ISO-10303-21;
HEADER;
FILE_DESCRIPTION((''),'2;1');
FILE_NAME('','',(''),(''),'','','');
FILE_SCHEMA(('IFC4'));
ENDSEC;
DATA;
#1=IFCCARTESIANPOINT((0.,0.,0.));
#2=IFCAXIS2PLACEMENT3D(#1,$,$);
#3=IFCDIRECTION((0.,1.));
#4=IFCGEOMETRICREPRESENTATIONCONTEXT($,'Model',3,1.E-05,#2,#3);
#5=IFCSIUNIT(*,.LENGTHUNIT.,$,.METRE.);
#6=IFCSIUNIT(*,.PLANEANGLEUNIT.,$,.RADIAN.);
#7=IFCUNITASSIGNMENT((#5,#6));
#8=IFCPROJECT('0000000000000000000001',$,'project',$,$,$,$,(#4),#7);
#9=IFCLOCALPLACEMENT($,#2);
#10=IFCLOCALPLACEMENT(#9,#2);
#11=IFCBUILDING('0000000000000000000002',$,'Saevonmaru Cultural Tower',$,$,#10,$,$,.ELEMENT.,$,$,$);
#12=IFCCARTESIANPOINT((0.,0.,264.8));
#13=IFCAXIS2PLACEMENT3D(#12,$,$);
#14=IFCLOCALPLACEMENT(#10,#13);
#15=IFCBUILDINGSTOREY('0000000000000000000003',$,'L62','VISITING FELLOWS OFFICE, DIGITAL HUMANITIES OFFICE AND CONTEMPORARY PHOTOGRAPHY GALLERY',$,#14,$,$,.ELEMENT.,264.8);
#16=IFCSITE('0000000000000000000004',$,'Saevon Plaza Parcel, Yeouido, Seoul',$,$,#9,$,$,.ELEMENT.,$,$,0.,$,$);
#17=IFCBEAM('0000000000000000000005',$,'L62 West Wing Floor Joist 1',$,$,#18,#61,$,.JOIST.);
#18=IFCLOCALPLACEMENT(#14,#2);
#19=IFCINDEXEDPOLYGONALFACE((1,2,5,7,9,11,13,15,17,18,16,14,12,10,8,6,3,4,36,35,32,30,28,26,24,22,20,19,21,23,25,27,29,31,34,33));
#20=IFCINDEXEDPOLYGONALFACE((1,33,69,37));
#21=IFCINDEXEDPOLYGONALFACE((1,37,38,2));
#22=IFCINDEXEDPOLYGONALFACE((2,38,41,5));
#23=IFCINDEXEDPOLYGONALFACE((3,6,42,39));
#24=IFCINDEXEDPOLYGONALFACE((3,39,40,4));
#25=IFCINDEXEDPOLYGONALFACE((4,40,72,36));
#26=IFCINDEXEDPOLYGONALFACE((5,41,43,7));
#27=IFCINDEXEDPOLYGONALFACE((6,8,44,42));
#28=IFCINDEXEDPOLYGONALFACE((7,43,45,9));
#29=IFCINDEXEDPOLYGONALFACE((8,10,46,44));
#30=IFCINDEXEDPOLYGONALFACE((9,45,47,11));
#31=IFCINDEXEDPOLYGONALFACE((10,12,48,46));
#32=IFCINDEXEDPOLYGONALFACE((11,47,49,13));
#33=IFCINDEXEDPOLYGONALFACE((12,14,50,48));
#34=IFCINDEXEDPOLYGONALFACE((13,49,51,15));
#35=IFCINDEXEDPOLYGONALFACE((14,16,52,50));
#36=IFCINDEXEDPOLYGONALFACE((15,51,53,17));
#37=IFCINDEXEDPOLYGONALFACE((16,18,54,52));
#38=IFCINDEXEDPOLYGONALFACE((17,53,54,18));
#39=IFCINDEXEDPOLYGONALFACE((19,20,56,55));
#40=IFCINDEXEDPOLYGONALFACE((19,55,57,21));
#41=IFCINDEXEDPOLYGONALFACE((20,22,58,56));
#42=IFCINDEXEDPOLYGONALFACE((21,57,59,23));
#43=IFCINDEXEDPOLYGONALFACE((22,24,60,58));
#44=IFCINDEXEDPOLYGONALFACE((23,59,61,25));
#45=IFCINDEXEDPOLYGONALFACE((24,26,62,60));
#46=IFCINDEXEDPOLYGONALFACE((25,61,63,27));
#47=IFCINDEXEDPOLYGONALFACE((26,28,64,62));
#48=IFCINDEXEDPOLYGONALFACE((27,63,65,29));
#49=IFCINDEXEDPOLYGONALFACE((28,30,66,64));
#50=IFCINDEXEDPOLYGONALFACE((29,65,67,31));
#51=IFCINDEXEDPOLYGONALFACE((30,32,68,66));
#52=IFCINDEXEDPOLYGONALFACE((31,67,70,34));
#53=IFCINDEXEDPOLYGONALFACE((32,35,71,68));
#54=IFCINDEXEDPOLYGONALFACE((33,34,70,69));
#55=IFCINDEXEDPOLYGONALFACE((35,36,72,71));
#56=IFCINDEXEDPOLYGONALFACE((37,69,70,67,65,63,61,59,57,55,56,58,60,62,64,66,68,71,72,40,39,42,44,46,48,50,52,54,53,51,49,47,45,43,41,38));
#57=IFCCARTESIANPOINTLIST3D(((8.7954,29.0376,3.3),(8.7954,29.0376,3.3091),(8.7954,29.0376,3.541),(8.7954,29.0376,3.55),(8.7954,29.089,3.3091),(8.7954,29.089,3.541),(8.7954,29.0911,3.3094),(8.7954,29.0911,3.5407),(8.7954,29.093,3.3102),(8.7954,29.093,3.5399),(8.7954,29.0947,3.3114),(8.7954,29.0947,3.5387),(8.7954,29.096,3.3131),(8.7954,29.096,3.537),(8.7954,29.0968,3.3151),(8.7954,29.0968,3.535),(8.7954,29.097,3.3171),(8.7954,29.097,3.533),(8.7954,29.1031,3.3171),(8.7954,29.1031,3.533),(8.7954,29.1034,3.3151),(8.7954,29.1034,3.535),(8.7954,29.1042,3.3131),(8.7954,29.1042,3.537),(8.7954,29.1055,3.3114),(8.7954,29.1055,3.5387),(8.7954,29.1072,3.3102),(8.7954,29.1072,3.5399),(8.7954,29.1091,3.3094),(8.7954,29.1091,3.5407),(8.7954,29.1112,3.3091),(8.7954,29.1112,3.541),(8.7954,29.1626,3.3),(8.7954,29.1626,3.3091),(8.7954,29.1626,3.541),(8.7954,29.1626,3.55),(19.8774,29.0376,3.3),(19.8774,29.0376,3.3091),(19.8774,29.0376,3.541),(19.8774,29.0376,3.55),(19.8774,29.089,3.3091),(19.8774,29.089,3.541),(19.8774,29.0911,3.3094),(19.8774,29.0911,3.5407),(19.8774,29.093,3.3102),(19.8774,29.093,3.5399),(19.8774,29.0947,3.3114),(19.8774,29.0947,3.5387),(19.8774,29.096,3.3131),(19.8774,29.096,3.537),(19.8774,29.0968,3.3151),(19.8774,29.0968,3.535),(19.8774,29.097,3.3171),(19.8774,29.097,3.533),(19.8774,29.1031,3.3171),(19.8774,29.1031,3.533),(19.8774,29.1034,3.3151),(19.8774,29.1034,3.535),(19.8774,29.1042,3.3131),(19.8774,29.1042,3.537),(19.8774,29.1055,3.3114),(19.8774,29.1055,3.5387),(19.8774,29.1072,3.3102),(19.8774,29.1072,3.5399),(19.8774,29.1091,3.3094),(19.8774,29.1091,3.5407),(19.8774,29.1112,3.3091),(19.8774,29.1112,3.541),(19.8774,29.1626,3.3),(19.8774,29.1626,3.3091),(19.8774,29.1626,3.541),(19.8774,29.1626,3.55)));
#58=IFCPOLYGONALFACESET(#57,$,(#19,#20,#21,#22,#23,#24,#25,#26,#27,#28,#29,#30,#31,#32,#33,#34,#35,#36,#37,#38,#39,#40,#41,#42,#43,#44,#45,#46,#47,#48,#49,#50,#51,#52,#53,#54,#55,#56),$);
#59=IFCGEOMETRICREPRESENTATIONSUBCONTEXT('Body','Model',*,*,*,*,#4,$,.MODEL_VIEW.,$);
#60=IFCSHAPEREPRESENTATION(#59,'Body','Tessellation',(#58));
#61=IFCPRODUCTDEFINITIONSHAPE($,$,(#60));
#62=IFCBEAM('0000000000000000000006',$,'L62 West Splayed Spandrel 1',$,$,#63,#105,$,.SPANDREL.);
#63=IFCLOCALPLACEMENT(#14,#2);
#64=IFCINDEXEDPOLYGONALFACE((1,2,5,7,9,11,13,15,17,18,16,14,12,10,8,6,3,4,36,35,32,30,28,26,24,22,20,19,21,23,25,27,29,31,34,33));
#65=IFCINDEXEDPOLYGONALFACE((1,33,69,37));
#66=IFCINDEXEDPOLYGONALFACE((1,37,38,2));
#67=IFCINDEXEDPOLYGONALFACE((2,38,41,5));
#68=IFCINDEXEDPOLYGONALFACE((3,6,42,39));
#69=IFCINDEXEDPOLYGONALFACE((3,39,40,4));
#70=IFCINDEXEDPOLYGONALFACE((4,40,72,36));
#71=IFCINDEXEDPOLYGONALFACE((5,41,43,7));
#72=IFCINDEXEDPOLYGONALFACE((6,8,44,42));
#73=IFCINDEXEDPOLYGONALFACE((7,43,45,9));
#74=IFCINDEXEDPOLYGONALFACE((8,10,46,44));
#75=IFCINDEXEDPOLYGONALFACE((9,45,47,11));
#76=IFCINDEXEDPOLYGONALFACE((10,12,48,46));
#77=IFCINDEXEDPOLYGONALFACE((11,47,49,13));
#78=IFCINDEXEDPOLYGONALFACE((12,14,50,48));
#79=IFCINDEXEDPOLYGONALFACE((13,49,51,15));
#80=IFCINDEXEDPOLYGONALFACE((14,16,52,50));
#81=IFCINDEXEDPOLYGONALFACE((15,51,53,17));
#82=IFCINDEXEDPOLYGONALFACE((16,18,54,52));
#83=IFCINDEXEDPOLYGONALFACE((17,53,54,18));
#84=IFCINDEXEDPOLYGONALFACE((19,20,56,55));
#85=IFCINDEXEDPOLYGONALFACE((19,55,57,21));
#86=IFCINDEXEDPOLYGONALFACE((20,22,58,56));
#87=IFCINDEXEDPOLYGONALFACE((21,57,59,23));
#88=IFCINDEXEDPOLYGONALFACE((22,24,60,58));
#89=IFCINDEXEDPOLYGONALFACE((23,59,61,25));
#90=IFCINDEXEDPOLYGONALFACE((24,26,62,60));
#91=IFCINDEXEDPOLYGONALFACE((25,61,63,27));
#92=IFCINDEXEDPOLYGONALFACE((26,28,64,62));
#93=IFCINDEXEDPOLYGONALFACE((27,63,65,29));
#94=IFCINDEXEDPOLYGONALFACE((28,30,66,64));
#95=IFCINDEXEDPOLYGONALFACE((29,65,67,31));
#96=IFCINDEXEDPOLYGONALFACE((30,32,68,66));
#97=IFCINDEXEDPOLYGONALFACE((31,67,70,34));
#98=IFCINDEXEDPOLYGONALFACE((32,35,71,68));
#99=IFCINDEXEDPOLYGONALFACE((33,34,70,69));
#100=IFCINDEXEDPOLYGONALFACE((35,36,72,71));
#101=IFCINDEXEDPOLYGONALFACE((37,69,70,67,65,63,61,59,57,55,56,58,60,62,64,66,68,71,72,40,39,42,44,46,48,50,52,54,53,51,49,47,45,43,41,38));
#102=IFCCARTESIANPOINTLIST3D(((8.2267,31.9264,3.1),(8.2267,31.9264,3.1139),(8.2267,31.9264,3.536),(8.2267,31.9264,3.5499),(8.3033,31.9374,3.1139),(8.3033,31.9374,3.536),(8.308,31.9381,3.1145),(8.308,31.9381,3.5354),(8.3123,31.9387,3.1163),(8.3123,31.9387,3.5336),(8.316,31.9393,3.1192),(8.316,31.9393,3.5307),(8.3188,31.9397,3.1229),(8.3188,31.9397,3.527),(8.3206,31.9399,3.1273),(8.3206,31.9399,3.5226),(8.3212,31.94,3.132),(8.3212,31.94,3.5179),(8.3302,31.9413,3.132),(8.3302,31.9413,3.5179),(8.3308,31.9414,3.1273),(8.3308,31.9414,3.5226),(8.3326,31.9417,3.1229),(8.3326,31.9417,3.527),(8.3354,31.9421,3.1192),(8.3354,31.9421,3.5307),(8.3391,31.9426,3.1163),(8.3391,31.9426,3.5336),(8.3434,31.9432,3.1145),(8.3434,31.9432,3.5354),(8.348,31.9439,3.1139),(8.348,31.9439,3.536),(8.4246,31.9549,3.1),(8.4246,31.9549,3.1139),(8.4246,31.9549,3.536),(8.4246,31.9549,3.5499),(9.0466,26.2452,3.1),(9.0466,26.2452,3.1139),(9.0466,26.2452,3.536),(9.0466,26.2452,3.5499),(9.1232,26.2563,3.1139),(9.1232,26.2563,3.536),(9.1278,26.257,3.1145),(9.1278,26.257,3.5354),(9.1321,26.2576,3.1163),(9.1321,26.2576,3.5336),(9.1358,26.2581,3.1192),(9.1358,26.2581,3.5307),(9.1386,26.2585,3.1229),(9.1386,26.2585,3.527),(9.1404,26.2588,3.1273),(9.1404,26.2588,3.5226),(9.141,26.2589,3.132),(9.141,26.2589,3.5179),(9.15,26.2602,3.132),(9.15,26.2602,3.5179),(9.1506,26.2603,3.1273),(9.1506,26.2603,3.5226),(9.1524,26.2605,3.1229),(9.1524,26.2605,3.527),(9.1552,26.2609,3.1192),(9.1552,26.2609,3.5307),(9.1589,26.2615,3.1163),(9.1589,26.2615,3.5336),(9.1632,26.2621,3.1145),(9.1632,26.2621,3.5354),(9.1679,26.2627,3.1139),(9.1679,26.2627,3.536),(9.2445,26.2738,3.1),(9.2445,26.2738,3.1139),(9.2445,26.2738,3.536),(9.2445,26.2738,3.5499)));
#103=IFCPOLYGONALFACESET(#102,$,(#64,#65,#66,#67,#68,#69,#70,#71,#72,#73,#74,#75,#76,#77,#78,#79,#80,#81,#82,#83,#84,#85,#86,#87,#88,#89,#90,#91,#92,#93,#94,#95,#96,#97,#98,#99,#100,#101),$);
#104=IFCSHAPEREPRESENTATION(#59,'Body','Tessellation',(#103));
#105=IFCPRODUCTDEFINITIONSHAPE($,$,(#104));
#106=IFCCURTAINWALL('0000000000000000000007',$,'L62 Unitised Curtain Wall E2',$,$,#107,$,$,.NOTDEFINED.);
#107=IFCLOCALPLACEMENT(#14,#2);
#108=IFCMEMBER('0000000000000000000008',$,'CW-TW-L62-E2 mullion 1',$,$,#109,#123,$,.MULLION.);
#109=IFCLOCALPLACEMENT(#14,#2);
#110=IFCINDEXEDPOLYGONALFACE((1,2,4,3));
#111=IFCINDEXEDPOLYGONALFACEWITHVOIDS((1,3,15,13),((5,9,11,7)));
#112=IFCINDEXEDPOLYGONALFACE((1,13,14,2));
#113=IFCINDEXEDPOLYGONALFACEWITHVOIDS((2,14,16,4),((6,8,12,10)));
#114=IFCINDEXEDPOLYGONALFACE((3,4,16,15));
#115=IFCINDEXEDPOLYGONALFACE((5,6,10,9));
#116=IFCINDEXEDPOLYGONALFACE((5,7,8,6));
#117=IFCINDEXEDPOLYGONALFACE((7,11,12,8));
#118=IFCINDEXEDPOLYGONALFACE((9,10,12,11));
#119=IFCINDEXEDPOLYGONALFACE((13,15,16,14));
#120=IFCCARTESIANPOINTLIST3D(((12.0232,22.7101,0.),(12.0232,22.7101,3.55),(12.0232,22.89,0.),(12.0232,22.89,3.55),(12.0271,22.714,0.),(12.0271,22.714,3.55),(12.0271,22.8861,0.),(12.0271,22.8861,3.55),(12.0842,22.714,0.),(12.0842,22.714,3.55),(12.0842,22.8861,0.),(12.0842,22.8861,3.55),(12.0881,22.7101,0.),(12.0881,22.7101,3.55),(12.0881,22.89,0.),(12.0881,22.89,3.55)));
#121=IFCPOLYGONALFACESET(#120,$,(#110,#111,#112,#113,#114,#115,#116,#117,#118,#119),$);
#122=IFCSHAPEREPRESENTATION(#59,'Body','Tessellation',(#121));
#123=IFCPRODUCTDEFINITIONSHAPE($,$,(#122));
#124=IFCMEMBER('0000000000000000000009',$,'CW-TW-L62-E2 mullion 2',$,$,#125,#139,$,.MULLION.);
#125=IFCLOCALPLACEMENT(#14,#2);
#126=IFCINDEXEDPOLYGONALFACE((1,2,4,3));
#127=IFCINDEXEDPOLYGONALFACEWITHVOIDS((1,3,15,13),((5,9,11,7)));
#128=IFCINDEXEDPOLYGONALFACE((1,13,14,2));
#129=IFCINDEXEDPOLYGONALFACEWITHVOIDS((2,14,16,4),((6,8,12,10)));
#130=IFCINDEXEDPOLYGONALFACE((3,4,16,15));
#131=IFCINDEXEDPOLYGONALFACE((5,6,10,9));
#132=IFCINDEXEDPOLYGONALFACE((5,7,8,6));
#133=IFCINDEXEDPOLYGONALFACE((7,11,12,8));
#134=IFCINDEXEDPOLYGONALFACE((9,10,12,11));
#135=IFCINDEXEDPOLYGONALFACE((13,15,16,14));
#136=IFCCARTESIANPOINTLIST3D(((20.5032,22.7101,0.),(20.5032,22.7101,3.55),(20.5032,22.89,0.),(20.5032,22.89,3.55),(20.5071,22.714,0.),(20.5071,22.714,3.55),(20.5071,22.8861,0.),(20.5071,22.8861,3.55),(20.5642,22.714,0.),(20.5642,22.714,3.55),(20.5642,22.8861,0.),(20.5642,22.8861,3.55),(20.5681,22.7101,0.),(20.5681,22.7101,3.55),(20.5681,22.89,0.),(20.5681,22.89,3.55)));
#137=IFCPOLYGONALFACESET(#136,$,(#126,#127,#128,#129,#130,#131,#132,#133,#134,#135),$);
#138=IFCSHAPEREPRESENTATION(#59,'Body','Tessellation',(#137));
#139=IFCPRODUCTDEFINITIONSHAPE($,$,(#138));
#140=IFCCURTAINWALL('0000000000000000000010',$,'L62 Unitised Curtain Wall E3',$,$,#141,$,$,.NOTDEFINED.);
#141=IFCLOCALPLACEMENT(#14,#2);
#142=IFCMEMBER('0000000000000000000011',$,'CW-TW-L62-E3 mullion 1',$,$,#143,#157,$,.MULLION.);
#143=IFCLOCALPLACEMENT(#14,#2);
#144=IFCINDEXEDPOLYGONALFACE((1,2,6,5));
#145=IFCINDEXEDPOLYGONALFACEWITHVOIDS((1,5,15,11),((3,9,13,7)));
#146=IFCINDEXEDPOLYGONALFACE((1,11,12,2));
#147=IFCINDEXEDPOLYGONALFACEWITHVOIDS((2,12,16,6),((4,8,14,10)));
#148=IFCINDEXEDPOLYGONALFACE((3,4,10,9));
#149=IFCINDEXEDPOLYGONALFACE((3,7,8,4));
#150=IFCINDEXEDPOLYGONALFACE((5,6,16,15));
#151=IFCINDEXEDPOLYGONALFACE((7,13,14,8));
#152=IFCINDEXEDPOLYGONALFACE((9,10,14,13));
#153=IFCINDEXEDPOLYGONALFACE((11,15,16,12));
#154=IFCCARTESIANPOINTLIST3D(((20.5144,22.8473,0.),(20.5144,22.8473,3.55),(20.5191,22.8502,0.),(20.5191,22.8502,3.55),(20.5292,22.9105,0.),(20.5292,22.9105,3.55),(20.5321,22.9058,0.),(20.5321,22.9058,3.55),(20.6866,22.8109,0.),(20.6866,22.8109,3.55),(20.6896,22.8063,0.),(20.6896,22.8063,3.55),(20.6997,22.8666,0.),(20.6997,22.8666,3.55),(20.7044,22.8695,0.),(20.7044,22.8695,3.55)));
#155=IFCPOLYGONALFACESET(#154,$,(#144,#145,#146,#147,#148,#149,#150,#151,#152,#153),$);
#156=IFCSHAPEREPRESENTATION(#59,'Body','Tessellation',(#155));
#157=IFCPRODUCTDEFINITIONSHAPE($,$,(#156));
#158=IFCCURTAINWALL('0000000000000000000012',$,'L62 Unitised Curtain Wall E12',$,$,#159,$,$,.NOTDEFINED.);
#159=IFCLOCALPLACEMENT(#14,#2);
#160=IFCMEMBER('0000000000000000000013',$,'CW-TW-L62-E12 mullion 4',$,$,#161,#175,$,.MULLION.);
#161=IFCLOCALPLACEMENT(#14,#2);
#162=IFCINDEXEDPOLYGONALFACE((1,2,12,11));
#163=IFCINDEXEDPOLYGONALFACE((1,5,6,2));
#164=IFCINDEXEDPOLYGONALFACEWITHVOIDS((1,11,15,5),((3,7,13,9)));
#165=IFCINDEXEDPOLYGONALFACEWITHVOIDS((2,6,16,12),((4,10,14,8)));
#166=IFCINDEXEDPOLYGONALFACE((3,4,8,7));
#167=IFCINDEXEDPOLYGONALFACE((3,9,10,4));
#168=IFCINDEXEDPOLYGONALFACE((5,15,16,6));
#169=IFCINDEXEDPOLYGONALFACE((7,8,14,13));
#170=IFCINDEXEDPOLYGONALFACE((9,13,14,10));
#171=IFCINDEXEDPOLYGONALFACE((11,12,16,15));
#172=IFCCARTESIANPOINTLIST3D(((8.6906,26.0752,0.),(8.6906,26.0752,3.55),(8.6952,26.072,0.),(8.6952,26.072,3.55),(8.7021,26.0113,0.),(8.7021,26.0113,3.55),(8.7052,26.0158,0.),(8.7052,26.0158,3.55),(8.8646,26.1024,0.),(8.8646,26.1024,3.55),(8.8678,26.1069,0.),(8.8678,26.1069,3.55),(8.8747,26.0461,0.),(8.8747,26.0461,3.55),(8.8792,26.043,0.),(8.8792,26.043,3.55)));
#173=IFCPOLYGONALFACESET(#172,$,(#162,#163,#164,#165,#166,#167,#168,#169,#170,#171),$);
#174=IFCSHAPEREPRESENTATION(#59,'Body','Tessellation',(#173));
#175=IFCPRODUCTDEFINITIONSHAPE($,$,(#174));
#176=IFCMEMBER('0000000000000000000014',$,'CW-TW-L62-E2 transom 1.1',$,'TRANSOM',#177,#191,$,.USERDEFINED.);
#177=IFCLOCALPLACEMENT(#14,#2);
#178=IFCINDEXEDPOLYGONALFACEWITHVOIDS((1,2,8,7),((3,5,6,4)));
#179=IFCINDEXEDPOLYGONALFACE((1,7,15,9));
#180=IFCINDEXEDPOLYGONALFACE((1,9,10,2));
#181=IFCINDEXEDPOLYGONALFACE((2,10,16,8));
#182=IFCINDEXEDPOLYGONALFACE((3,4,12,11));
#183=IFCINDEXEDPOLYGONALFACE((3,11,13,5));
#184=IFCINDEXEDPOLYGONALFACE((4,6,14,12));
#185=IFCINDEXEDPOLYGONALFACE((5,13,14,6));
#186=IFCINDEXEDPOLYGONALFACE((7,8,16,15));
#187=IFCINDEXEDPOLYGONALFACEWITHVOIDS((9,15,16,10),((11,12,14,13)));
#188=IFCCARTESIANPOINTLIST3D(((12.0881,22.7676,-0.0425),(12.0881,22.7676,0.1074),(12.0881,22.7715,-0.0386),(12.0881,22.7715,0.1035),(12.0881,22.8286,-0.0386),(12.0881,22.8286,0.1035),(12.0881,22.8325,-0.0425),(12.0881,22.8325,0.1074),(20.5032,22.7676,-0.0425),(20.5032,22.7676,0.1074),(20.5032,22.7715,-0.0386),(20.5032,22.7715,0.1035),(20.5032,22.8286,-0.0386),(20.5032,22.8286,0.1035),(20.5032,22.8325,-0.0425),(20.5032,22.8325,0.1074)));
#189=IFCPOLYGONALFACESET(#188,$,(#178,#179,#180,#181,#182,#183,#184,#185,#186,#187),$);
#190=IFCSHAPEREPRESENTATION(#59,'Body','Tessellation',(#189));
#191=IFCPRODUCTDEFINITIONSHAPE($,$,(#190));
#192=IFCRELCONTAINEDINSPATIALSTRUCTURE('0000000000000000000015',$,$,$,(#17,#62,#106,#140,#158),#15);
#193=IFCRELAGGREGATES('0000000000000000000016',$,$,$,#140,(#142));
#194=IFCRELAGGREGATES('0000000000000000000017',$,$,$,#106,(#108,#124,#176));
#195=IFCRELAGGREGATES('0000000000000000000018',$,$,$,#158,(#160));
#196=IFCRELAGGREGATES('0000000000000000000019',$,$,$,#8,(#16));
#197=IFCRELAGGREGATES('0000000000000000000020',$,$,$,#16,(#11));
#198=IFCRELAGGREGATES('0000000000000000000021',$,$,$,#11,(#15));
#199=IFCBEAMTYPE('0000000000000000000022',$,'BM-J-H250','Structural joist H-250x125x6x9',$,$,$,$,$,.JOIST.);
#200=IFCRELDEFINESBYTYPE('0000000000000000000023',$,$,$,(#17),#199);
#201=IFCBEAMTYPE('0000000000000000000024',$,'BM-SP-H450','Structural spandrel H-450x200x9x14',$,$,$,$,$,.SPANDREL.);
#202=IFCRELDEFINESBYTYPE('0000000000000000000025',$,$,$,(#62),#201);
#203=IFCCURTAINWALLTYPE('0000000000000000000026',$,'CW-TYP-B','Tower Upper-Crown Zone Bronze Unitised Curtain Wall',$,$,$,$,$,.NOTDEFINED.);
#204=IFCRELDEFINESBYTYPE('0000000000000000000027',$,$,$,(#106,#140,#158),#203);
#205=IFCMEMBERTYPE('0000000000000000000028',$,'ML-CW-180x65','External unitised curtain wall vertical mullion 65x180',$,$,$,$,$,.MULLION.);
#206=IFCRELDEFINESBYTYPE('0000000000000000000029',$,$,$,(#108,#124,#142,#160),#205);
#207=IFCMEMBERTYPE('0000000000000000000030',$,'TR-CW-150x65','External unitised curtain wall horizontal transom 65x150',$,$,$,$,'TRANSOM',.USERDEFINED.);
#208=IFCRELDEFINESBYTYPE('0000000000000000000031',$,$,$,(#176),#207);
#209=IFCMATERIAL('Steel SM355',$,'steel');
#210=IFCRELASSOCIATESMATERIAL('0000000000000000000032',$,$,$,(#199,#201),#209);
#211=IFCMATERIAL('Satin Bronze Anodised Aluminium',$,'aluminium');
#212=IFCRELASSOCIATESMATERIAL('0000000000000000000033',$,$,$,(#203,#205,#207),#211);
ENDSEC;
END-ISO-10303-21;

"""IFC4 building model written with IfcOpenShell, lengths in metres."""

from ifc_helpers import new_model, si_unit, direction, frame, origin, origin_2d, place, context, subcontext, project, spatial, hollow_rectangle, i_section, extrude, material, material_profile, profile_set, type_object, element, aggregate, save


model = new_model("IFC4")

# Units and contexts
model_context = context("Model", 3, precision=1e-05, world=origin(), true_north=direction((0.0, 1.0)))
body_context = subcontext(model_context, "Body", "Model", "MODEL_VIEW")
ifc_project = project(units=[si_unit("LENGTHUNIT", "METRE"), si_unit("PLANEANGLEUNIT", "RADIAN")], contexts=[model_context])

# Site, building, storey
site_placement = place(None, origin())
site = spatial("IfcSite", under=ifc_project, at=site_placement, Name="Saevon Plaza Parcel, Yeouido, Seoul", CompositionType="ELEMENT", RefElevation=0.0)
building_placement = place(site_placement, origin())
building = spatial("IfcBuilding", under=site, at=building_placement, Name="Saevonmaru Cultural Tower", CompositionType="ELEMENT")
storey_placement = place(building_placement, frame((0.0, 0.0, 264.8)))
storey = spatial("IfcBuildingStorey", under=building, at=storey_placement, Name="L62", Description="VISITING FELLOWS OFFICE, DIGITAL HUMANITIES OFFICE AND CONTEMPORARY PHOTOGRAPHY GALLERY", CompositionType="ELEMENT", Elevation=264.8)

# Shared definitions
ifc_material_1 = material(Name="Steel SM355", Category="steel")

# Beams
ifc_material_profile_1 = material_profile(ifc_material_1, i_section(OverallWidth=0.125, OverallDepth=0.25, WebThickness=0.0061, FlangeThickness=0.009, FilletRadius=0.0081, at=origin_2d()), Name="H-250x125x6x9")
ifc_profile_set_1 = profile_set([ifc_material_profile_1], Name="Steel SM355")
beam_type_1 = type_object("IfcBeamType", Name="BM-J-H250", Description="Structural joist H-250x125x6x9", PredefinedType="JOIST", material=ifc_profile_set_1)
beam_1_placement = place(storey_placement, frame((8.7954, 29.1001, 3.425), z_axis=(1.0, 0.0, 0.0), x_axis=(0.0, 1.0, 0.0)))
element("IfcBeam", 1, at=beam_1_placement, inside=storey, type_object=beam_type_1, Name="L62 West Wing Floor Joist 1", PredefinedType="JOIST", context=body_context, shape_type="SweptSolid", body=[
    extrude(i_section(OverallWidth=0.125, OverallDepth=0.25, WebThickness=0.0061, FlangeThickness=0.009, FilletRadius=0.0081, at=origin_2d()), origin(), (0.0, 0.0, 1.0), 11.082),
])
ifc_material_profile_2 = material_profile(ifc_material_1, i_section(OverallWidth=0.2, OverallDepth=0.45, WebThickness=0.009, FlangeThickness=0.0139, FilletRadius=0.0181, at=origin_2d()), Name="H-450x200x9x14")
ifc_profile_set_2 = profile_set([ifc_material_profile_2], Name="Steel SM355")
beam_type_2 = type_object("IfcBeamType", Name="BM-SP-H450", Description="Structural spandrel H-450x200x9x14", PredefinedType="SPANDREL", material=ifc_profile_set_2)
beam_2_placement = place(storey_placement, frame((9.1455, 26.2595, 3.325), z_axis=(-0.142827, 0.989748, 0.0), x_axis=(-0.989748, -0.142827, 0.0)))
element("IfcBeam", 2, at=beam_2_placement, inside=storey, type_object=beam_type_2, Name="L62 West Splayed Spandrel 1", PredefinedType="SPANDREL", context=body_context, shape_type="SweptSolid", body=[
    extrude(i_section(OverallWidth=0.2, OverallDepth=0.45, WebThickness=0.009, FlangeThickness=0.0139, FilletRadius=0.0181, at=origin_2d()), origin(), (0.0, 0.0, 1.0), 5.74),
])

# Curtain wall, members
ifc_material_2 = material(Name="Satin Bronze Anodised Aluminium", Category="aluminium")
curtain_wall_type = type_object("IfcCurtainWallType", Name="CW-TYP-B", Description="Tower Upper-Crown Zone Bronze Unitised Curtain Wall", PredefinedType="NOTDEFINED", material=ifc_material_2)
curtain_wall_1_placement = place(storey_placement, origin())
curtain_wall_1 = element("IfcCurtainWall", 3, at=curtain_wall_1_placement, inside=storey, type_object=curtain_wall_type, Name="L62 Unitised Curtain Wall E2", PredefinedType="NOTDEFINED")
ifc_material_profile_3 = material_profile(ifc_material_2, hollow_rectangle(XDim=0.0649, YDim=0.1799, WallThickness=0.0039, at=origin_2d()), Name="ALU-MULL-180x65x4")
ifc_profile_set_3 = profile_set([ifc_material_profile_3], Name="Satin Bronze Anodised Aluminium")
member_type_1 = type_object("IfcMemberType", Name="ML-CW-180x65", Description="External unitised curtain wall vertical mullion 65x180", PredefinedType="MULLION", material=ifc_profile_set_3)
member_1_placement = place(storey_placement, frame((12.0557, 22.8, 0.0), z_axis=(0.0, 0.0, 1.0), x_axis=(1.0, 0.0, 0.0)))
member_1 = element("IfcMember", 4, at=member_1_placement, type_object=member_type_1, Name="CW-TW-L62-E2 mullion 1", PredefinedType="MULLION", context=body_context, shape_type="SweptSolid", body=[
    extrude(hollow_rectangle(XDim=0.0649, YDim=0.1799, WallThickness=0.0039, at=origin_2d()), origin(), (0.0, 0.0, 1.0), 3.55),
])
member_2_placement = place(storey_placement, frame((20.5356, 22.8, 0.0), z_axis=(0.0, 0.0, 1.0), x_axis=(1.0, 0.0, 0.0)))
member_2 = element("IfcMember", 5, at=member_2_placement, type_object=member_type_1, Name="CW-TW-L62-E2 mullion 2", PredefinedType="MULLION", context=body_context, shape_type="SweptSolid", body=[
    extrude(hollow_rectangle(XDim=0.0649, YDim=0.1799, WallThickness=0.0039, at=origin_2d()), origin(), (0.0, 0.0, 1.0), 3.55),
])

# Curtain walls, members
curtain_wall_2_placement = place(storey_placement, origin())
curtain_wall_2 = element("IfcCurtainWall", 6, at=curtain_wall_2_placement, inside=storey, type_object=curtain_wall_type, Name="L62 Unitised Curtain Wall E3", PredefinedType="NOTDEFINED")
member_3_placement = place(storey_placement, frame((20.6094, 22.8584, 0.0), z_axis=(0.0, 0.0, 1.0), x_axis=(0.22819, 0.973617, 0.0)))
member_3 = element("IfcMember", 7, at=member_3_placement, type_object=member_type_1, Name="CW-TW-L62-E3 mullion 1", PredefinedType="MULLION", context=body_context, shape_type="SweptSolid", body=[
    extrude(hollow_rectangle(XDim=0.0649, YDim=0.1799, WallThickness=0.0039, at=origin_2d()), origin(), (0.0, 0.0, 1.0), 3.55),
])
aggregate(curtain_wall_2, [member_3])
curtain_wall_3_placement = place(storey_placement, origin())
curtain_wall_3 = element("IfcCurtainWall", 8, at=curtain_wall_3_placement, inside=storey, type_object=curtain_wall_type, Name="L62 Unitised Curtain Wall E12", PredefinedType="NOTDEFINED")
member_4_placement = place(storey_placement, frame((8.7849, 26.0591, 0.0), z_axis=(0.0, 0.0, 1.0), x_axis=(0.176141, -0.984365, 0.0)))
member_4 = element("IfcMember", 9, at=member_4_placement, type_object=member_type_1, Name="CW-TW-L62-E12 mullion 4", PredefinedType="MULLION", context=body_context, shape_type="SweptSolid", body=[
    extrude(hollow_rectangle(XDim=0.0649, YDim=0.1799, WallThickness=0.0039, at=origin_2d()), origin(), (0.0, 0.0, 1.0), 3.55),
])

# Member
ifc_material_profile_4 = material_profile(ifc_material_2, hollow_rectangle(XDim=0.0649, YDim=0.1499, WallThickness=0.0039, at=origin_2d()), Name="ALU-TRAN-150x65x4")
ifc_profile_set_4 = profile_set([ifc_material_profile_4], Name="Satin Bronze Anodised Aluminium")
member_type_2 = type_object("IfcMemberType", Name="TR-CW-150x65", Description="External unitised curtain wall horizontal transom 65x150", ElementType="TRANSOM", PredefinedType="USERDEFINED", material=ifc_profile_set_4)
member_5_placement = place(storey_placement, frame((12.0881, 22.8, 0.0325), z_axis=(1.0, 0.0, 0.0), x_axis=(0.0, 1.0, 0.0)))
member_5 = element("IfcMember", 10, at=member_5_placement, type_object=member_type_2, Name="CW-TW-L62-E2 transom 1.1", ObjectType="TRANSOM", PredefinedType="USERDEFINED", context=body_context, shape_type="SweptSolid", body=[
    extrude(hollow_rectangle(XDim=0.0649, YDim=0.1499, WallThickness=0.0039, at=origin_2d()), origin(), (0.0, 0.0, 1.0), 8.415),
])

aggregate(curtain_wall_1, [member_1, member_2, member_5])
aggregate(curtain_wall_3, [member_4])

save(model, "model.ifc")
